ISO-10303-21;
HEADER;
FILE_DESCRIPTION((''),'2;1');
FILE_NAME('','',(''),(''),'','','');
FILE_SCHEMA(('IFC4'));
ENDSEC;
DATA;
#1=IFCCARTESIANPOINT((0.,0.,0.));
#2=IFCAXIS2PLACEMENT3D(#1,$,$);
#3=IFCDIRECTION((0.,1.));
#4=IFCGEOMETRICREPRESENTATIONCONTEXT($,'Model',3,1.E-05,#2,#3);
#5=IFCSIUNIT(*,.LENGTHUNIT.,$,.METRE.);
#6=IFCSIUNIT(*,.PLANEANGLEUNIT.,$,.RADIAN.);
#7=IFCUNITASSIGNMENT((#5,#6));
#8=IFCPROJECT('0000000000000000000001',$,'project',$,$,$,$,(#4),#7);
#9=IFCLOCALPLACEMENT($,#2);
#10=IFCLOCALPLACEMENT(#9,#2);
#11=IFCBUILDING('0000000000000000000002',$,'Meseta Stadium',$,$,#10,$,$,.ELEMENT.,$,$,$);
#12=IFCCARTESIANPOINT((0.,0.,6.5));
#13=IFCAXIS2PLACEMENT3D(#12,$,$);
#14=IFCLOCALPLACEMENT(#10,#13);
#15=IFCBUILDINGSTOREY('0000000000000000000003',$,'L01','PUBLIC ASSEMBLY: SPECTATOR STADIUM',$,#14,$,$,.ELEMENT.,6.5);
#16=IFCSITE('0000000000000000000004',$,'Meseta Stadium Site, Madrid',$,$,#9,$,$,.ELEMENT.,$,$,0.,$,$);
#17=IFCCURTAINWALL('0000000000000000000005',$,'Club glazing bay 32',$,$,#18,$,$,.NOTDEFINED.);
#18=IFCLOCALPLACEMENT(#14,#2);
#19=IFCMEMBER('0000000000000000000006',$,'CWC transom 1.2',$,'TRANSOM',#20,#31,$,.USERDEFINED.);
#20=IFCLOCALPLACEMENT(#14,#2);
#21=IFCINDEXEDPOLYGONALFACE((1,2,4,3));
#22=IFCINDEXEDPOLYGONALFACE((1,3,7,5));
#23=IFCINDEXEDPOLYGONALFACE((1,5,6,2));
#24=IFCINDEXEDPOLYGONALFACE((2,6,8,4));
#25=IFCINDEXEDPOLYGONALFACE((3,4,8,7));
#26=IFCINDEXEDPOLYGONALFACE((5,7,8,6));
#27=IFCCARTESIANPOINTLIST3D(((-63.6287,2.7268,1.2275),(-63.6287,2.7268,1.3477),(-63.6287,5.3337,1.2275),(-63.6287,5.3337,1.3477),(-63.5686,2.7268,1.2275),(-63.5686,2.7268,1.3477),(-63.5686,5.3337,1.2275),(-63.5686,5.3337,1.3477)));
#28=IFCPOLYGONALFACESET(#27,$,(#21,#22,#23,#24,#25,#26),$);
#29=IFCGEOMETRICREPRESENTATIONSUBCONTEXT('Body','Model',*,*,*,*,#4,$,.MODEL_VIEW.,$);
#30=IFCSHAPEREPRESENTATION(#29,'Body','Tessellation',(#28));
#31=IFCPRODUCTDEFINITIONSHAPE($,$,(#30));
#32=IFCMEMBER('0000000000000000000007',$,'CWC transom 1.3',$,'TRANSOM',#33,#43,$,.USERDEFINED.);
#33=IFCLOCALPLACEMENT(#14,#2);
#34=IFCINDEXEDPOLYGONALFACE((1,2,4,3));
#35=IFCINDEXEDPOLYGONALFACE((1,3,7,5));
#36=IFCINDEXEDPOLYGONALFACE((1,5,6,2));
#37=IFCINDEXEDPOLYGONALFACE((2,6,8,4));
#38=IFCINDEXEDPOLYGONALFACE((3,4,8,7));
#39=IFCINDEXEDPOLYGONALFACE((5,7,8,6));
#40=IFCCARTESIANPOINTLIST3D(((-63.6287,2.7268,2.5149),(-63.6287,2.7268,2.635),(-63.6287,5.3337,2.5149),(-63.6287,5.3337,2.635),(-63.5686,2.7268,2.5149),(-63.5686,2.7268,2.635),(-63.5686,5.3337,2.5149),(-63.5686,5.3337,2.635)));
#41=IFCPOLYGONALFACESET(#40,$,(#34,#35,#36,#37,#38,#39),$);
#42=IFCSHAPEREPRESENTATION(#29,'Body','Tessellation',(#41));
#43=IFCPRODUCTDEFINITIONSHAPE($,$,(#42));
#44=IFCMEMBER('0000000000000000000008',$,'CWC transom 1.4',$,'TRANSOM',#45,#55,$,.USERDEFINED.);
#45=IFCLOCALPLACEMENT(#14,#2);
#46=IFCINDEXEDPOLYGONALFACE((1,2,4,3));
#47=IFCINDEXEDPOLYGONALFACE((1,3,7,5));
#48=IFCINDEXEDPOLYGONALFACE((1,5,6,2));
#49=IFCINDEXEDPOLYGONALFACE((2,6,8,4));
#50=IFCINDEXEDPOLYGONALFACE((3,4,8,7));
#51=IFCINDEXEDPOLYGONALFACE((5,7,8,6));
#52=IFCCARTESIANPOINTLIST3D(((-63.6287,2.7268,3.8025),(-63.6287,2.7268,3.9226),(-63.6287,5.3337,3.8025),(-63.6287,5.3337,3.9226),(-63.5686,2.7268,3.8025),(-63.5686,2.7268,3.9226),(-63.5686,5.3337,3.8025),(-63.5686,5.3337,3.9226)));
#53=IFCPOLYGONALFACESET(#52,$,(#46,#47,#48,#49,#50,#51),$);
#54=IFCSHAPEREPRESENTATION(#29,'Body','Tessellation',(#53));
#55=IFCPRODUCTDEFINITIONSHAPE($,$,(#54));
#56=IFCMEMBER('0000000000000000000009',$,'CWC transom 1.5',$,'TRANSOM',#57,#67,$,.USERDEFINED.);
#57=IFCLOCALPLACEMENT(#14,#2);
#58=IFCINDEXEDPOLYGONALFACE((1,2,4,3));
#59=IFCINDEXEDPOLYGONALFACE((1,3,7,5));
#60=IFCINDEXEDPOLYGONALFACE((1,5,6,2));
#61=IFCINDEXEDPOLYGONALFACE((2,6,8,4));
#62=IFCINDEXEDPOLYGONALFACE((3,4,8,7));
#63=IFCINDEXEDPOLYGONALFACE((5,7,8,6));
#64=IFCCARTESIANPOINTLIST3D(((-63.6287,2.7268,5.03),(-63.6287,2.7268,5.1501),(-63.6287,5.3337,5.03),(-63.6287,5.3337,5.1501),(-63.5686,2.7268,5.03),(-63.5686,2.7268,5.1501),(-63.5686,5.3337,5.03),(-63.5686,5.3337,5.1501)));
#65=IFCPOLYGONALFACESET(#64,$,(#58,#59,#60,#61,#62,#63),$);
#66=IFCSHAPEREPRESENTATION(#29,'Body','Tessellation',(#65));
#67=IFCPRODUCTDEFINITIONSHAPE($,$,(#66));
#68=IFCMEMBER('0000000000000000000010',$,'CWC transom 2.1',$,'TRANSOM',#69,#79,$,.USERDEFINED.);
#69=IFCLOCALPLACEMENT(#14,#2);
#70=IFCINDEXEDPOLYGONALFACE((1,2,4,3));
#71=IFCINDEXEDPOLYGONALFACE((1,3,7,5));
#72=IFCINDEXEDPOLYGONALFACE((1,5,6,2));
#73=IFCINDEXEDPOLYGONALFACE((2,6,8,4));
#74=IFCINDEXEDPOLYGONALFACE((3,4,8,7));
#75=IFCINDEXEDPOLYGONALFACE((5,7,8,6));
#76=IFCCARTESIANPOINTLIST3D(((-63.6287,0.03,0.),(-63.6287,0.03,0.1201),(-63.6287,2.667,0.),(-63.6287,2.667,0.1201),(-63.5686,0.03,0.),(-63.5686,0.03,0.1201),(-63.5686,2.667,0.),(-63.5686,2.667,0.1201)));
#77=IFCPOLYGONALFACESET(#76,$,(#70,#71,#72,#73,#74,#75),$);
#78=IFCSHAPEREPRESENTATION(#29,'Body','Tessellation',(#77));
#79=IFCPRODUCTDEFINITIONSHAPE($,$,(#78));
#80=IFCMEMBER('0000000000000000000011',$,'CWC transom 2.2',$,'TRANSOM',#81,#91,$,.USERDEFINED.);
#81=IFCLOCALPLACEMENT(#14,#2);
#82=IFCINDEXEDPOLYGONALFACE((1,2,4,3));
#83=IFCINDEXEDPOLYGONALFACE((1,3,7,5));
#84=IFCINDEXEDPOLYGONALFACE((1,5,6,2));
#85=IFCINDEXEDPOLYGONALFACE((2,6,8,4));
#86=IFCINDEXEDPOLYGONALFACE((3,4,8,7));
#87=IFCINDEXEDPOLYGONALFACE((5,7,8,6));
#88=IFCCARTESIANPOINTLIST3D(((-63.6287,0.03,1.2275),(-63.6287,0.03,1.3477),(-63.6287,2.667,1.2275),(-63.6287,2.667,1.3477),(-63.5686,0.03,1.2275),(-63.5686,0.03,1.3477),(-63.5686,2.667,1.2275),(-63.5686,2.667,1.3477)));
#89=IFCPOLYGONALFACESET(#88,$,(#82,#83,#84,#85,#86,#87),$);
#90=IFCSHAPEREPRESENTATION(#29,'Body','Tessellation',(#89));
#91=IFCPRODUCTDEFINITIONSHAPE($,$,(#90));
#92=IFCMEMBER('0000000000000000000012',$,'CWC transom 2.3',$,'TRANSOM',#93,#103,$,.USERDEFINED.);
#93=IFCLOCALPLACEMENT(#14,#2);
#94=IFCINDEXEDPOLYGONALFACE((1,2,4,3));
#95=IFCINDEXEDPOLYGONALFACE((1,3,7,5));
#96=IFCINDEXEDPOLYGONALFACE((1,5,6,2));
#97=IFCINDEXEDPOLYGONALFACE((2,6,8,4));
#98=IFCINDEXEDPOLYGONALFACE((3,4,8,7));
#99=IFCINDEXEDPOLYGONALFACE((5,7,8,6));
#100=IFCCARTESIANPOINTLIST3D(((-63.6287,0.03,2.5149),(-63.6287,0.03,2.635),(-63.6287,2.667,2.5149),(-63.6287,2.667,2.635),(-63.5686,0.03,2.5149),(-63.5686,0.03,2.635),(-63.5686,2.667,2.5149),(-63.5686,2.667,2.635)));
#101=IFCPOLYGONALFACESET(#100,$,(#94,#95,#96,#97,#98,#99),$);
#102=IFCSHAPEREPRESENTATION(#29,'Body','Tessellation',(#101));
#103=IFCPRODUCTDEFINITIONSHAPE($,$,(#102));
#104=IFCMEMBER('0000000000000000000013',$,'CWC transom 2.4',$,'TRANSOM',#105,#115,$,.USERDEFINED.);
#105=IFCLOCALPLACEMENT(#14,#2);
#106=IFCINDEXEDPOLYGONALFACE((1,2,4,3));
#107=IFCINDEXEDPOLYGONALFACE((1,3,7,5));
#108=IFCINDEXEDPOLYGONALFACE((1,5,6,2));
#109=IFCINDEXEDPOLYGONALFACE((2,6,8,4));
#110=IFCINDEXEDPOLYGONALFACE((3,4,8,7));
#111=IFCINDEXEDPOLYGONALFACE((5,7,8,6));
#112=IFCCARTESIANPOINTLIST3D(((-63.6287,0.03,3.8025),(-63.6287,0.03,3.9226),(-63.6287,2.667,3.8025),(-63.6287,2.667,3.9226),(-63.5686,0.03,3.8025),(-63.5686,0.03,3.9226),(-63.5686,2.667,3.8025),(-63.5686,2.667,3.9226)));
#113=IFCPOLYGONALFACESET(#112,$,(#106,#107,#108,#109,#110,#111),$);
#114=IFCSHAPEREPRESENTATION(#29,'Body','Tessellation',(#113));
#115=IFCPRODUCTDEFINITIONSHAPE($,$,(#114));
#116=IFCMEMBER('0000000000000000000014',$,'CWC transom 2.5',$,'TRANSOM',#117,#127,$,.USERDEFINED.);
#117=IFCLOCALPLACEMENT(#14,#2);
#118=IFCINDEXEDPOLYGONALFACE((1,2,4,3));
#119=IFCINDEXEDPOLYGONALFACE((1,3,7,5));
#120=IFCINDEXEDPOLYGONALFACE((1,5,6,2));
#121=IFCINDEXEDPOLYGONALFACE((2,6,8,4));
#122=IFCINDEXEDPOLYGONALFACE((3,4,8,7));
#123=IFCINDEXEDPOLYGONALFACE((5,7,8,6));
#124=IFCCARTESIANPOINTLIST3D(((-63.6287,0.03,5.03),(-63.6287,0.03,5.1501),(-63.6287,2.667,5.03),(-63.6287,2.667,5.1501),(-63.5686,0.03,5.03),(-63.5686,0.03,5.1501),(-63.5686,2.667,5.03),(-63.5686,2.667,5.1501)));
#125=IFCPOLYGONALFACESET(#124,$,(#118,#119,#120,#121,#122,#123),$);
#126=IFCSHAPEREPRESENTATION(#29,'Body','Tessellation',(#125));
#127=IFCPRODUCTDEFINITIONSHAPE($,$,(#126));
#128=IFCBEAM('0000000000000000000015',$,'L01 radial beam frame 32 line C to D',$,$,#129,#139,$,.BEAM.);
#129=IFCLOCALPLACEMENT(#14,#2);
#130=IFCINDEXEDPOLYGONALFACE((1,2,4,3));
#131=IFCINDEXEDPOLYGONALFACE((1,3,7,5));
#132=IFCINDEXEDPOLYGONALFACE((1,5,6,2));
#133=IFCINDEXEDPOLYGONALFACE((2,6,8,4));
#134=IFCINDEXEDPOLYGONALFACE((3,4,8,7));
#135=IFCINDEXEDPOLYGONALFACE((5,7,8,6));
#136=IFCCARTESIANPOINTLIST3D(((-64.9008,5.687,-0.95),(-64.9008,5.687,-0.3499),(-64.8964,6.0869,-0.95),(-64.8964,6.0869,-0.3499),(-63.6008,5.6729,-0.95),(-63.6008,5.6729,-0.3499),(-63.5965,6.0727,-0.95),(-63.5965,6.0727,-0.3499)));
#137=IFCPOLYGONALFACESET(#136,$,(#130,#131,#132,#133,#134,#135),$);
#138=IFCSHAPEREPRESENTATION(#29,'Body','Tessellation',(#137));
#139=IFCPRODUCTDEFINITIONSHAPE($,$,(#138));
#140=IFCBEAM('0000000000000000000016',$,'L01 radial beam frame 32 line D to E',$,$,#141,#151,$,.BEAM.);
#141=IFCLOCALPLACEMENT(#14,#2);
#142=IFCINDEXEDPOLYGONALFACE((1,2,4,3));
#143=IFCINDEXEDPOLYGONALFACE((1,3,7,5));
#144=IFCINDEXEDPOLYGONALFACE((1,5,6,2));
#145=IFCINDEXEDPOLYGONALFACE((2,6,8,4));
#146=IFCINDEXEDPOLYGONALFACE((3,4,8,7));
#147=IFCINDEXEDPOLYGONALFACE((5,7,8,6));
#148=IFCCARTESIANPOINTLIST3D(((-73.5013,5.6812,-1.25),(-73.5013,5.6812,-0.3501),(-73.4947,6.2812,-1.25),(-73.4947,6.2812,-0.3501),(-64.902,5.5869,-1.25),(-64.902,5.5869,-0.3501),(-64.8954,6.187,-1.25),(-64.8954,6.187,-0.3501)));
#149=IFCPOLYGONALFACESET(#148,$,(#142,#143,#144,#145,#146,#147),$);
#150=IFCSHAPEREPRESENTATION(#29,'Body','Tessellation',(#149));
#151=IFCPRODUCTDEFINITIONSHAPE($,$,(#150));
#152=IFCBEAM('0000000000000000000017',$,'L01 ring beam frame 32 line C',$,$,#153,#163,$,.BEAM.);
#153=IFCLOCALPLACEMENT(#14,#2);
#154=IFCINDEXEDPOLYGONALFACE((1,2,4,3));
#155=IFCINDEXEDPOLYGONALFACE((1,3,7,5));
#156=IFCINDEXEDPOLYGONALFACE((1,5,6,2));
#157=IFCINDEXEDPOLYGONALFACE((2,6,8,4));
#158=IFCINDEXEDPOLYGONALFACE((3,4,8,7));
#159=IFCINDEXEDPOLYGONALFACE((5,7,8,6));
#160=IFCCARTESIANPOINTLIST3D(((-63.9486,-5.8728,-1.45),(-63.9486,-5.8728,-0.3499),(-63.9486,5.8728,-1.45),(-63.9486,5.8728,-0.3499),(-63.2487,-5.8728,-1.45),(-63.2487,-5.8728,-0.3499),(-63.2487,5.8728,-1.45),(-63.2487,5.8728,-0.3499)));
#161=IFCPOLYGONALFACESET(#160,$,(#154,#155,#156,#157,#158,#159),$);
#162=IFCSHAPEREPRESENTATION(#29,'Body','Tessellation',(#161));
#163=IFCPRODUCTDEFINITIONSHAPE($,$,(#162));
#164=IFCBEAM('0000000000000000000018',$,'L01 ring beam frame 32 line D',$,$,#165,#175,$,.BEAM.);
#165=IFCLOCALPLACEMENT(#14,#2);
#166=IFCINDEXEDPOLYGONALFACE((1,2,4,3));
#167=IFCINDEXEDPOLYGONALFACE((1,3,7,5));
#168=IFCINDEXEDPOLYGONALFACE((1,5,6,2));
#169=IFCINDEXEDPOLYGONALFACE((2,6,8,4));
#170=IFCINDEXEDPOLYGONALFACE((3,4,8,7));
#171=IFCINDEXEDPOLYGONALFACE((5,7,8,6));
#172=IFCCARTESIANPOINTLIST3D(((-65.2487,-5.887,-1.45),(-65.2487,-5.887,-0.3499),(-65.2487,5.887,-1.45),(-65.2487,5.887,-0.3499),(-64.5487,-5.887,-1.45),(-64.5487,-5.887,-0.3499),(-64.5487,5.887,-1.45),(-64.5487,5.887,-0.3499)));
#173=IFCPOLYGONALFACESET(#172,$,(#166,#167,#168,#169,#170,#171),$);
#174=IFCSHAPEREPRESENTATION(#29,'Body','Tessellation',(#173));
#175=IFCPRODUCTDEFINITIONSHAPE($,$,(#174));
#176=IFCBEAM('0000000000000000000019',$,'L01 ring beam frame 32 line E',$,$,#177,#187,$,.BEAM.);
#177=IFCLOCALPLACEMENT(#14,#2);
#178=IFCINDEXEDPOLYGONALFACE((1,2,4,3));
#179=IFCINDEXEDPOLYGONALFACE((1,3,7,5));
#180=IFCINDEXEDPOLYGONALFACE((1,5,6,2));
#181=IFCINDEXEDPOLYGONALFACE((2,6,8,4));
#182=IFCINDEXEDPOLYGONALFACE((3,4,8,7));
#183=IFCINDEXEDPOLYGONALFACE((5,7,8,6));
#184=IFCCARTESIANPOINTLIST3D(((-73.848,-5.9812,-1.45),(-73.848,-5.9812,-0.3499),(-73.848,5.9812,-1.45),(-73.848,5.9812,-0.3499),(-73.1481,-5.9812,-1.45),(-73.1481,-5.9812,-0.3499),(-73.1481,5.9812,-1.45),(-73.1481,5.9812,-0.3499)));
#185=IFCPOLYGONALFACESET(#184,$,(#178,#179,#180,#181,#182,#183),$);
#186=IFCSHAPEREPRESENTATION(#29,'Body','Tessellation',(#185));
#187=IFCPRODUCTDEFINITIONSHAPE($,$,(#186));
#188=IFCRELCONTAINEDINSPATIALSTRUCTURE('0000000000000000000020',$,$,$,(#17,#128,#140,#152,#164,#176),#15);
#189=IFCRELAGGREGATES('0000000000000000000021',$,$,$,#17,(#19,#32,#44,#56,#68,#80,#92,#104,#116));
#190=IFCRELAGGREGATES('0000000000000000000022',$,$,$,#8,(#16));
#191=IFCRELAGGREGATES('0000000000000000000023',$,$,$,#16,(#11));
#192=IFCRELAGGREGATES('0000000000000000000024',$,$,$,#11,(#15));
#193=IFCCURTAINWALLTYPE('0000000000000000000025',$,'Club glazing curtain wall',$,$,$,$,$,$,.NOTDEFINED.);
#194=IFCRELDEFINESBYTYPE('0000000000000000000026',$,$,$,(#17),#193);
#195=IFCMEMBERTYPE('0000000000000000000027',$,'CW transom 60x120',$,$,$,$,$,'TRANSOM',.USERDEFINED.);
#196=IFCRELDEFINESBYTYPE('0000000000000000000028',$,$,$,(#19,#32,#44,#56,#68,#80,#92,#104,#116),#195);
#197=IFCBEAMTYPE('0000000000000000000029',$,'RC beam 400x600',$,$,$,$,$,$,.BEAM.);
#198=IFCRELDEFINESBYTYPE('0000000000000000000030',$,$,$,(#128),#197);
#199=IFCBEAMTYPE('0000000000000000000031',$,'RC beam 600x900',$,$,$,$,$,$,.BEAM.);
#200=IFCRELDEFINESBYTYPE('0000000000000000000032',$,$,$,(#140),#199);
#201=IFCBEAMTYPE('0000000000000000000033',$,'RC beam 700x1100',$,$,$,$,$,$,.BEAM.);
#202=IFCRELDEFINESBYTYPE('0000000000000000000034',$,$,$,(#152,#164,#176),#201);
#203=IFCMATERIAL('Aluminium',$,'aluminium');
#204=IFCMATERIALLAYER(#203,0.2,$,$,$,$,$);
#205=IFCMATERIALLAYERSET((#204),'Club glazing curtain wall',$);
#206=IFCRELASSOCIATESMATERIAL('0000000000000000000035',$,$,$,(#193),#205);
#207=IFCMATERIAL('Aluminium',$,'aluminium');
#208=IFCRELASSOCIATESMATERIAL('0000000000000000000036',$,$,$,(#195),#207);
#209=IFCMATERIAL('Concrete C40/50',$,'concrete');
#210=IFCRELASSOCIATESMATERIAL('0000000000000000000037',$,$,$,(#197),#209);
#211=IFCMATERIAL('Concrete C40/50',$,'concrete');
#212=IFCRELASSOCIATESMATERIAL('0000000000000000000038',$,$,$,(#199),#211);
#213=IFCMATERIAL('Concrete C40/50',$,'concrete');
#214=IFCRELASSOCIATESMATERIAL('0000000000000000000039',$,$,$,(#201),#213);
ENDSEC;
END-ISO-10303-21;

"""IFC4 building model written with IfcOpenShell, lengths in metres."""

from ifc_helpers import new_model, si_unit, direction, frame, origin, origin_2d, place, context, subcontext, project, spatial, rectangle, extrude, material, layer, layer_set, material_profile, profile_set, type_object, element, aggregate, save


model = new_model("IFC4")

# Units and contexts
model_context = context("Model", 3, precision=1e-05, world=origin(), true_north=direction((0.0, 1.0)))
body_context = subcontext(model_context, "Body", "Model", "MODEL_VIEW")
ifc_project = project(units=[si_unit("LENGTHUNIT", "METRE"), si_unit("PLANEANGLEUNIT", "RADIAN")], contexts=[model_context])

# Site, building, storey
site_placement = place(None, origin())
site = spatial("IfcSite", under=ifc_project, at=site_placement, Name="Meseta Stadium Site, Madrid", CompositionType="ELEMENT", RefElevation=0.0)
building_placement = place(site_placement, origin())
building = spatial("IfcBuilding", under=site, at=building_placement, Name="Meseta Stadium", CompositionType="ELEMENT")
storey_placement = place(building_placement, frame((0.0, 0.0, 6.5)))
storey = spatial("IfcBuildingStorey", under=building, at=storey_placement, Name="L01", Description="PUBLIC ASSEMBLY: SPECTATOR STADIUM", CompositionType="ELEMENT", Elevation=6.5)

# Shared definitions
ifc_material_1 = material(Name="Aluminium", Category="aluminium")
ifc_layer_1 = layer(ifc_material_1, 0.2)
ifc_layer_set_1 = layer_set([ifc_layer_1], Name="Club glazing curtain wall")
curtain_wall_type = type_object("IfcCurtainWallType", Name="Club glazing curtain wall", PredefinedType="NOTDEFINED", material=ifc_layer_set_1)

# Curtain wall, members
curtain_wall_1_placement = place(storey_placement, origin())
curtain_wall_1 = element("IfcCurtainWall", 1, at=curtain_wall_1_placement, inside=storey, type_object=curtain_wall_type, Name="Club glazing bay 32", PredefinedType="NOTDEFINED")
ifc_material_2 = material(Name="Aluminium", Category="aluminium")
ifc_material_profile_1 = material_profile(ifc_material_2, rectangle(XDim=0.0601, YDim=0.1201, at=origin_2d()), Name="CW 60x120")
ifc_profile_set_1 = profile_set([ifc_material_profile_1], Name="Aluminium")
member_type_1 = type_object("IfcMemberType", Name="CW transom 60x120", ElementType="TRANSOM", PredefinedType="USERDEFINED", material=ifc_profile_set_1)
member_1_placement = place(storey_placement, frame((-63.5986, 5.3337, 1.2876), z_axis=(0.0, -1.0, 0.0), x_axis=(1.0, 0.0, 0.0)))
member_1 = element("IfcMember", 2, at=member_1_placement, type_object=member_type_1, Name="CWC transom 1.2", ObjectType="TRANSOM", PredefinedType="USERDEFINED", context=body_context, shape_type="SweptSolid", body=[
    extrude(rectangle(XDim=0.0601, YDim=0.1201, at=origin_2d()), origin(), (0.0, 0.0, 1.0), 2.6069),
])
member_2_placement = place(storey_placement, frame((-63.5986, 5.3337, 2.575), z_axis=(0.0, -1.0, 0.0), x_axis=(1.0, 0.0, 0.0)))
member_2 = element("IfcMember", 3, at=member_2_placement, type_object=member_type_1, Name="CWC transom 1.3", ObjectType="TRANSOM", PredefinedType="USERDEFINED", context=body_context, shape_type="SweptSolid", body=[
    extrude(rectangle(XDim=0.0601, YDim=0.1201, at=origin_2d()), origin(), (0.0, 0.0, 1.0), 2.6069),
])
member_3_placement = place(storey_placement, frame((-63.5986, 5.3337, 3.8625), z_axis=(0.0, -1.0, 0.0), x_axis=(1.0, 0.0, 0.0)))
member_3 = element("IfcMember", 4, at=member_3_placement, type_object=member_type_1, Name="CWC transom 1.4", ObjectType="TRANSOM", PredefinedType="USERDEFINED", context=body_context, shape_type="SweptSolid", body=[
    extrude(rectangle(XDim=0.0601, YDim=0.1201, at=origin_2d()), origin(), (0.0, 0.0, 1.0), 2.6069),
])
member_4_placement = place(storey_placement, frame((-63.5986, 5.3337, 5.0901), z_axis=(0.0, -1.0, 0.0), x_axis=(1.0, 0.0, 0.0)))
member_4 = element("IfcMember", 5, at=member_4_placement, type_object=member_type_1, Name="CWC transom 1.5", ObjectType="TRANSOM", PredefinedType="USERDEFINED", context=body_context, shape_type="SweptSolid", body=[
    extrude(rectangle(XDim=0.0601, YDim=0.1201, at=origin_2d()), origin(), (0.0, 0.0, 1.0), 2.6069),
])
member_5_placement = place(storey_placement, frame((-63.5986, 2.667, 0.0601), z_axis=(0.0, -1.0, 0.0), x_axis=(1.0, 0.0, 0.0)))
member_5 = element("IfcMember", 6, at=member_5_placement, type_object=member_type_1, Name="CWC transom 2.1", ObjectType="TRANSOM", PredefinedType="USERDEFINED", context=body_context, shape_type="SweptSolid", body=[
    extrude(rectangle(XDim=0.0601, YDim=0.1201, at=origin_2d()), origin(), (0.0, 0.0, 1.0), 2.637),
])
member_6_placement = place(storey_placement, frame((-63.5986, 2.667, 1.2876), z_axis=(0.0, -1.0, 0.0), x_axis=(1.0, 0.0, 0.0)))
member_6 = element("IfcMember", 7, at=member_6_placement, type_object=member_type_1, Name="CWC transom 2.2", ObjectType="TRANSOM", PredefinedType="USERDEFINED", context=body_context, shape_type="SweptSolid", body=[
    extrude(rectangle(XDim=0.0601, YDim=0.1201, at=origin_2d()), origin(), (0.0, 0.0, 1.0), 2.637),
])
member_7_placement = place(storey_placement, frame((-63.5986, 2.667, 2.575), z_axis=(0.0, -1.0, 0.0), x_axis=(1.0, 0.0, 0.0)))
member_7 = element("IfcMember", 8, at=member_7_placement, type_object=member_type_1, Name="CWC transom 2.3", ObjectType="TRANSOM", PredefinedType="USERDEFINED", context=body_context, shape_type="SweptSolid", body=[
    extrude(rectangle(XDim=0.0601, YDim=0.1201, at=origin_2d()), origin(), (0.0, 0.0, 1.0), 2.637),
])
member_8_placement = place(storey_placement, frame((-63.5986, 2.667, 3.8625), z_axis=(0.0, -1.0, 0.0), x_axis=(1.0, 0.0, 0.0)))
member_8 = element("IfcMember", 9, at=member_8_placement, type_object=member_type_1, Name="CWC transom 2.4", ObjectType="TRANSOM", PredefinedType="USERDEFINED", context=body_context, shape_type="SweptSolid", body=[
    extrude(rectangle(XDim=0.0601, YDim=0.1201, at=origin_2d()), origin(), (0.0, 0.0, 1.0), 2.637),
])
member_9_placement = place(storey_placement, frame((-63.5986, 2.667, 5.0901), z_axis=(0.0, -1.0, 0.0), x_axis=(1.0, 0.0, 0.0)))
member_9 = element("IfcMember", 10, at=member_9_placement, type_object=member_type_1, Name="CWC transom 2.5", ObjectType="TRANSOM", PredefinedType="USERDEFINED", context=body_context, shape_type="SweptSolid", body=[
    extrude(rectangle(XDim=0.0601, YDim=0.1201, at=origin_2d()), origin(), (0.0, 0.0, 1.0), 2.637),
])

# Beams
ifc_material_3 = material(Name="Concrete C40/50", Category="concrete")
ifc_material_profile_2 = material_profile(ifc_material_3, rectangle(XDim=0.3999, YDim=0.6001, at=origin_2d()), Name="RC 400x600")
ifc_profile_set_2 = profile_set([ifc_material_profile_2], Name="Concrete C40/50")
beam_type_1 = type_object("IfcBeamType", Name="RC beam 400x600", PredefinedType="BEAM", material=ifc_profile_set_2)
beam_1_placement = place(storey_placement, frame((-63.5986, 5.8728, -0.6499), z_axis=(-0.999941, 0.010891, 0.0), x_axis=(-0.010891, -0.999941, 0.0)))
element("IfcBeam", 11, at=beam_1_placement, inside=storey, type_object=beam_type_1, Name="L01 radial beam frame 32 line C to D", PredefinedType="BEAM", context=body_context, shape_type="SweptSolid", body=[
    extrude(rectangle(XDim=0.3999, YDim=0.6001, at=origin_2d()), origin(), (0.0, 0.0, 1.0), 1.3),
])
ifc_material_4 = material(Name="Concrete C40/50", Category="concrete")
ifc_material_profile_3 = material_profile(ifc_material_4, rectangle(XDim=0.6001, YDim=0.8999, at=origin_2d()), Name="RC 600x900")
ifc_profile_set_3 = profile_set([ifc_material_profile_3], Name="Concrete C40/50")
beam_type_2 = type_object("IfcBeamType", Name="RC beam 600x900", PredefinedType="BEAM", material=ifc_profile_set_3)
beam_2_placement = place(storey_placement, frame((-64.8987, 5.887, -0.8), z_axis=(-0.99994, 0.010958, 0.0), x_axis=(-0.010958, -0.99994, 0.0)))
element("IfcBeam", 12, at=beam_2_placement, inside=storey, type_object=beam_type_2, Name="L01 radial beam frame 32 line D to E", PredefinedType="BEAM", context=body_context, shape_type="SweptSolid", body=[
    extrude(rectangle(XDim=0.6001, YDim=0.8999, at=origin_2d()), origin(), (0.0, 0.0, 1.0), 8.5999),
])
ifc_material_5 = material(Name="Concrete C40/50", Category="concrete")
ifc_material_profile_4 = material_profile(ifc_material_5, rectangle(XDim=0.7, YDim=1.1001, at=origin_2d()), Name="RC 700x1100")
ifc_profile_set_4 = profile_set([ifc_material_profile_4], Name="Concrete C40/50")
beam_type_3 = type_object("IfcBeamType", Name="RC beam 700x1100", PredefinedType="BEAM", material=ifc_profile_set_4)
beam_3_placement = place(storey_placement, frame((-63.5986, 5.8728, -0.8999), z_axis=(0.0, -1.0, 0.0), x_axis=(1.0, 0.0, 0.0)))
element("IfcBeam", 13, at=beam_3_placement, inside=storey, type_object=beam_type_3, Name="L01 ring beam frame 32 line C", PredefinedType="BEAM", context=body_context, shape_type="SweptSolid", body=[
    extrude(rectangle(XDim=0.7, YDim=1.1001, at=origin_2d()), origin(), (0.0, 0.0, 1.0), 11.7456),
])
beam_4_placement = place(storey_placement, frame((-64.8987, 5.887, -0.8999), z_axis=(0.0, -1.0, 0.0), x_axis=(1.0, 0.0, 0.0)))
element("IfcBeam", 14, at=beam_4_placement, inside=storey, type_object=beam_type_3, Name="L01 ring beam frame 32 line D", PredefinedType="BEAM", context=body_context, shape_type="SweptSolid", body=[
    extrude(rectangle(XDim=0.7, YDim=1.1001, at=origin_2d()), origin(), (0.0, 0.0, 1.0), 11.7739),
])
beam_5_placement = place(storey_placement, frame((-73.498, 5.9812, -0.8999), z_axis=(0.0, -1.0, 0.0), x_axis=(1.0, 0.0, 0.0)))
element("IfcBeam", 15, at=beam_5_placement, inside=storey, type_object=beam_type_3, Name="L01 ring beam frame 32 line E", PredefinedType="BEAM", context=body_context, shape_type="SweptSolid", body=[
    extrude(rectangle(XDim=0.7, YDim=1.1001, at=origin_2d()), origin(), (0.0, 0.0, 1.0), 11.9624),
])

aggregate(curtain_wall_1, [member_1, member_2, member_3, member_4, member_5, member_6, member_7, member_8, member_9])

save(model, "model.ifc")
